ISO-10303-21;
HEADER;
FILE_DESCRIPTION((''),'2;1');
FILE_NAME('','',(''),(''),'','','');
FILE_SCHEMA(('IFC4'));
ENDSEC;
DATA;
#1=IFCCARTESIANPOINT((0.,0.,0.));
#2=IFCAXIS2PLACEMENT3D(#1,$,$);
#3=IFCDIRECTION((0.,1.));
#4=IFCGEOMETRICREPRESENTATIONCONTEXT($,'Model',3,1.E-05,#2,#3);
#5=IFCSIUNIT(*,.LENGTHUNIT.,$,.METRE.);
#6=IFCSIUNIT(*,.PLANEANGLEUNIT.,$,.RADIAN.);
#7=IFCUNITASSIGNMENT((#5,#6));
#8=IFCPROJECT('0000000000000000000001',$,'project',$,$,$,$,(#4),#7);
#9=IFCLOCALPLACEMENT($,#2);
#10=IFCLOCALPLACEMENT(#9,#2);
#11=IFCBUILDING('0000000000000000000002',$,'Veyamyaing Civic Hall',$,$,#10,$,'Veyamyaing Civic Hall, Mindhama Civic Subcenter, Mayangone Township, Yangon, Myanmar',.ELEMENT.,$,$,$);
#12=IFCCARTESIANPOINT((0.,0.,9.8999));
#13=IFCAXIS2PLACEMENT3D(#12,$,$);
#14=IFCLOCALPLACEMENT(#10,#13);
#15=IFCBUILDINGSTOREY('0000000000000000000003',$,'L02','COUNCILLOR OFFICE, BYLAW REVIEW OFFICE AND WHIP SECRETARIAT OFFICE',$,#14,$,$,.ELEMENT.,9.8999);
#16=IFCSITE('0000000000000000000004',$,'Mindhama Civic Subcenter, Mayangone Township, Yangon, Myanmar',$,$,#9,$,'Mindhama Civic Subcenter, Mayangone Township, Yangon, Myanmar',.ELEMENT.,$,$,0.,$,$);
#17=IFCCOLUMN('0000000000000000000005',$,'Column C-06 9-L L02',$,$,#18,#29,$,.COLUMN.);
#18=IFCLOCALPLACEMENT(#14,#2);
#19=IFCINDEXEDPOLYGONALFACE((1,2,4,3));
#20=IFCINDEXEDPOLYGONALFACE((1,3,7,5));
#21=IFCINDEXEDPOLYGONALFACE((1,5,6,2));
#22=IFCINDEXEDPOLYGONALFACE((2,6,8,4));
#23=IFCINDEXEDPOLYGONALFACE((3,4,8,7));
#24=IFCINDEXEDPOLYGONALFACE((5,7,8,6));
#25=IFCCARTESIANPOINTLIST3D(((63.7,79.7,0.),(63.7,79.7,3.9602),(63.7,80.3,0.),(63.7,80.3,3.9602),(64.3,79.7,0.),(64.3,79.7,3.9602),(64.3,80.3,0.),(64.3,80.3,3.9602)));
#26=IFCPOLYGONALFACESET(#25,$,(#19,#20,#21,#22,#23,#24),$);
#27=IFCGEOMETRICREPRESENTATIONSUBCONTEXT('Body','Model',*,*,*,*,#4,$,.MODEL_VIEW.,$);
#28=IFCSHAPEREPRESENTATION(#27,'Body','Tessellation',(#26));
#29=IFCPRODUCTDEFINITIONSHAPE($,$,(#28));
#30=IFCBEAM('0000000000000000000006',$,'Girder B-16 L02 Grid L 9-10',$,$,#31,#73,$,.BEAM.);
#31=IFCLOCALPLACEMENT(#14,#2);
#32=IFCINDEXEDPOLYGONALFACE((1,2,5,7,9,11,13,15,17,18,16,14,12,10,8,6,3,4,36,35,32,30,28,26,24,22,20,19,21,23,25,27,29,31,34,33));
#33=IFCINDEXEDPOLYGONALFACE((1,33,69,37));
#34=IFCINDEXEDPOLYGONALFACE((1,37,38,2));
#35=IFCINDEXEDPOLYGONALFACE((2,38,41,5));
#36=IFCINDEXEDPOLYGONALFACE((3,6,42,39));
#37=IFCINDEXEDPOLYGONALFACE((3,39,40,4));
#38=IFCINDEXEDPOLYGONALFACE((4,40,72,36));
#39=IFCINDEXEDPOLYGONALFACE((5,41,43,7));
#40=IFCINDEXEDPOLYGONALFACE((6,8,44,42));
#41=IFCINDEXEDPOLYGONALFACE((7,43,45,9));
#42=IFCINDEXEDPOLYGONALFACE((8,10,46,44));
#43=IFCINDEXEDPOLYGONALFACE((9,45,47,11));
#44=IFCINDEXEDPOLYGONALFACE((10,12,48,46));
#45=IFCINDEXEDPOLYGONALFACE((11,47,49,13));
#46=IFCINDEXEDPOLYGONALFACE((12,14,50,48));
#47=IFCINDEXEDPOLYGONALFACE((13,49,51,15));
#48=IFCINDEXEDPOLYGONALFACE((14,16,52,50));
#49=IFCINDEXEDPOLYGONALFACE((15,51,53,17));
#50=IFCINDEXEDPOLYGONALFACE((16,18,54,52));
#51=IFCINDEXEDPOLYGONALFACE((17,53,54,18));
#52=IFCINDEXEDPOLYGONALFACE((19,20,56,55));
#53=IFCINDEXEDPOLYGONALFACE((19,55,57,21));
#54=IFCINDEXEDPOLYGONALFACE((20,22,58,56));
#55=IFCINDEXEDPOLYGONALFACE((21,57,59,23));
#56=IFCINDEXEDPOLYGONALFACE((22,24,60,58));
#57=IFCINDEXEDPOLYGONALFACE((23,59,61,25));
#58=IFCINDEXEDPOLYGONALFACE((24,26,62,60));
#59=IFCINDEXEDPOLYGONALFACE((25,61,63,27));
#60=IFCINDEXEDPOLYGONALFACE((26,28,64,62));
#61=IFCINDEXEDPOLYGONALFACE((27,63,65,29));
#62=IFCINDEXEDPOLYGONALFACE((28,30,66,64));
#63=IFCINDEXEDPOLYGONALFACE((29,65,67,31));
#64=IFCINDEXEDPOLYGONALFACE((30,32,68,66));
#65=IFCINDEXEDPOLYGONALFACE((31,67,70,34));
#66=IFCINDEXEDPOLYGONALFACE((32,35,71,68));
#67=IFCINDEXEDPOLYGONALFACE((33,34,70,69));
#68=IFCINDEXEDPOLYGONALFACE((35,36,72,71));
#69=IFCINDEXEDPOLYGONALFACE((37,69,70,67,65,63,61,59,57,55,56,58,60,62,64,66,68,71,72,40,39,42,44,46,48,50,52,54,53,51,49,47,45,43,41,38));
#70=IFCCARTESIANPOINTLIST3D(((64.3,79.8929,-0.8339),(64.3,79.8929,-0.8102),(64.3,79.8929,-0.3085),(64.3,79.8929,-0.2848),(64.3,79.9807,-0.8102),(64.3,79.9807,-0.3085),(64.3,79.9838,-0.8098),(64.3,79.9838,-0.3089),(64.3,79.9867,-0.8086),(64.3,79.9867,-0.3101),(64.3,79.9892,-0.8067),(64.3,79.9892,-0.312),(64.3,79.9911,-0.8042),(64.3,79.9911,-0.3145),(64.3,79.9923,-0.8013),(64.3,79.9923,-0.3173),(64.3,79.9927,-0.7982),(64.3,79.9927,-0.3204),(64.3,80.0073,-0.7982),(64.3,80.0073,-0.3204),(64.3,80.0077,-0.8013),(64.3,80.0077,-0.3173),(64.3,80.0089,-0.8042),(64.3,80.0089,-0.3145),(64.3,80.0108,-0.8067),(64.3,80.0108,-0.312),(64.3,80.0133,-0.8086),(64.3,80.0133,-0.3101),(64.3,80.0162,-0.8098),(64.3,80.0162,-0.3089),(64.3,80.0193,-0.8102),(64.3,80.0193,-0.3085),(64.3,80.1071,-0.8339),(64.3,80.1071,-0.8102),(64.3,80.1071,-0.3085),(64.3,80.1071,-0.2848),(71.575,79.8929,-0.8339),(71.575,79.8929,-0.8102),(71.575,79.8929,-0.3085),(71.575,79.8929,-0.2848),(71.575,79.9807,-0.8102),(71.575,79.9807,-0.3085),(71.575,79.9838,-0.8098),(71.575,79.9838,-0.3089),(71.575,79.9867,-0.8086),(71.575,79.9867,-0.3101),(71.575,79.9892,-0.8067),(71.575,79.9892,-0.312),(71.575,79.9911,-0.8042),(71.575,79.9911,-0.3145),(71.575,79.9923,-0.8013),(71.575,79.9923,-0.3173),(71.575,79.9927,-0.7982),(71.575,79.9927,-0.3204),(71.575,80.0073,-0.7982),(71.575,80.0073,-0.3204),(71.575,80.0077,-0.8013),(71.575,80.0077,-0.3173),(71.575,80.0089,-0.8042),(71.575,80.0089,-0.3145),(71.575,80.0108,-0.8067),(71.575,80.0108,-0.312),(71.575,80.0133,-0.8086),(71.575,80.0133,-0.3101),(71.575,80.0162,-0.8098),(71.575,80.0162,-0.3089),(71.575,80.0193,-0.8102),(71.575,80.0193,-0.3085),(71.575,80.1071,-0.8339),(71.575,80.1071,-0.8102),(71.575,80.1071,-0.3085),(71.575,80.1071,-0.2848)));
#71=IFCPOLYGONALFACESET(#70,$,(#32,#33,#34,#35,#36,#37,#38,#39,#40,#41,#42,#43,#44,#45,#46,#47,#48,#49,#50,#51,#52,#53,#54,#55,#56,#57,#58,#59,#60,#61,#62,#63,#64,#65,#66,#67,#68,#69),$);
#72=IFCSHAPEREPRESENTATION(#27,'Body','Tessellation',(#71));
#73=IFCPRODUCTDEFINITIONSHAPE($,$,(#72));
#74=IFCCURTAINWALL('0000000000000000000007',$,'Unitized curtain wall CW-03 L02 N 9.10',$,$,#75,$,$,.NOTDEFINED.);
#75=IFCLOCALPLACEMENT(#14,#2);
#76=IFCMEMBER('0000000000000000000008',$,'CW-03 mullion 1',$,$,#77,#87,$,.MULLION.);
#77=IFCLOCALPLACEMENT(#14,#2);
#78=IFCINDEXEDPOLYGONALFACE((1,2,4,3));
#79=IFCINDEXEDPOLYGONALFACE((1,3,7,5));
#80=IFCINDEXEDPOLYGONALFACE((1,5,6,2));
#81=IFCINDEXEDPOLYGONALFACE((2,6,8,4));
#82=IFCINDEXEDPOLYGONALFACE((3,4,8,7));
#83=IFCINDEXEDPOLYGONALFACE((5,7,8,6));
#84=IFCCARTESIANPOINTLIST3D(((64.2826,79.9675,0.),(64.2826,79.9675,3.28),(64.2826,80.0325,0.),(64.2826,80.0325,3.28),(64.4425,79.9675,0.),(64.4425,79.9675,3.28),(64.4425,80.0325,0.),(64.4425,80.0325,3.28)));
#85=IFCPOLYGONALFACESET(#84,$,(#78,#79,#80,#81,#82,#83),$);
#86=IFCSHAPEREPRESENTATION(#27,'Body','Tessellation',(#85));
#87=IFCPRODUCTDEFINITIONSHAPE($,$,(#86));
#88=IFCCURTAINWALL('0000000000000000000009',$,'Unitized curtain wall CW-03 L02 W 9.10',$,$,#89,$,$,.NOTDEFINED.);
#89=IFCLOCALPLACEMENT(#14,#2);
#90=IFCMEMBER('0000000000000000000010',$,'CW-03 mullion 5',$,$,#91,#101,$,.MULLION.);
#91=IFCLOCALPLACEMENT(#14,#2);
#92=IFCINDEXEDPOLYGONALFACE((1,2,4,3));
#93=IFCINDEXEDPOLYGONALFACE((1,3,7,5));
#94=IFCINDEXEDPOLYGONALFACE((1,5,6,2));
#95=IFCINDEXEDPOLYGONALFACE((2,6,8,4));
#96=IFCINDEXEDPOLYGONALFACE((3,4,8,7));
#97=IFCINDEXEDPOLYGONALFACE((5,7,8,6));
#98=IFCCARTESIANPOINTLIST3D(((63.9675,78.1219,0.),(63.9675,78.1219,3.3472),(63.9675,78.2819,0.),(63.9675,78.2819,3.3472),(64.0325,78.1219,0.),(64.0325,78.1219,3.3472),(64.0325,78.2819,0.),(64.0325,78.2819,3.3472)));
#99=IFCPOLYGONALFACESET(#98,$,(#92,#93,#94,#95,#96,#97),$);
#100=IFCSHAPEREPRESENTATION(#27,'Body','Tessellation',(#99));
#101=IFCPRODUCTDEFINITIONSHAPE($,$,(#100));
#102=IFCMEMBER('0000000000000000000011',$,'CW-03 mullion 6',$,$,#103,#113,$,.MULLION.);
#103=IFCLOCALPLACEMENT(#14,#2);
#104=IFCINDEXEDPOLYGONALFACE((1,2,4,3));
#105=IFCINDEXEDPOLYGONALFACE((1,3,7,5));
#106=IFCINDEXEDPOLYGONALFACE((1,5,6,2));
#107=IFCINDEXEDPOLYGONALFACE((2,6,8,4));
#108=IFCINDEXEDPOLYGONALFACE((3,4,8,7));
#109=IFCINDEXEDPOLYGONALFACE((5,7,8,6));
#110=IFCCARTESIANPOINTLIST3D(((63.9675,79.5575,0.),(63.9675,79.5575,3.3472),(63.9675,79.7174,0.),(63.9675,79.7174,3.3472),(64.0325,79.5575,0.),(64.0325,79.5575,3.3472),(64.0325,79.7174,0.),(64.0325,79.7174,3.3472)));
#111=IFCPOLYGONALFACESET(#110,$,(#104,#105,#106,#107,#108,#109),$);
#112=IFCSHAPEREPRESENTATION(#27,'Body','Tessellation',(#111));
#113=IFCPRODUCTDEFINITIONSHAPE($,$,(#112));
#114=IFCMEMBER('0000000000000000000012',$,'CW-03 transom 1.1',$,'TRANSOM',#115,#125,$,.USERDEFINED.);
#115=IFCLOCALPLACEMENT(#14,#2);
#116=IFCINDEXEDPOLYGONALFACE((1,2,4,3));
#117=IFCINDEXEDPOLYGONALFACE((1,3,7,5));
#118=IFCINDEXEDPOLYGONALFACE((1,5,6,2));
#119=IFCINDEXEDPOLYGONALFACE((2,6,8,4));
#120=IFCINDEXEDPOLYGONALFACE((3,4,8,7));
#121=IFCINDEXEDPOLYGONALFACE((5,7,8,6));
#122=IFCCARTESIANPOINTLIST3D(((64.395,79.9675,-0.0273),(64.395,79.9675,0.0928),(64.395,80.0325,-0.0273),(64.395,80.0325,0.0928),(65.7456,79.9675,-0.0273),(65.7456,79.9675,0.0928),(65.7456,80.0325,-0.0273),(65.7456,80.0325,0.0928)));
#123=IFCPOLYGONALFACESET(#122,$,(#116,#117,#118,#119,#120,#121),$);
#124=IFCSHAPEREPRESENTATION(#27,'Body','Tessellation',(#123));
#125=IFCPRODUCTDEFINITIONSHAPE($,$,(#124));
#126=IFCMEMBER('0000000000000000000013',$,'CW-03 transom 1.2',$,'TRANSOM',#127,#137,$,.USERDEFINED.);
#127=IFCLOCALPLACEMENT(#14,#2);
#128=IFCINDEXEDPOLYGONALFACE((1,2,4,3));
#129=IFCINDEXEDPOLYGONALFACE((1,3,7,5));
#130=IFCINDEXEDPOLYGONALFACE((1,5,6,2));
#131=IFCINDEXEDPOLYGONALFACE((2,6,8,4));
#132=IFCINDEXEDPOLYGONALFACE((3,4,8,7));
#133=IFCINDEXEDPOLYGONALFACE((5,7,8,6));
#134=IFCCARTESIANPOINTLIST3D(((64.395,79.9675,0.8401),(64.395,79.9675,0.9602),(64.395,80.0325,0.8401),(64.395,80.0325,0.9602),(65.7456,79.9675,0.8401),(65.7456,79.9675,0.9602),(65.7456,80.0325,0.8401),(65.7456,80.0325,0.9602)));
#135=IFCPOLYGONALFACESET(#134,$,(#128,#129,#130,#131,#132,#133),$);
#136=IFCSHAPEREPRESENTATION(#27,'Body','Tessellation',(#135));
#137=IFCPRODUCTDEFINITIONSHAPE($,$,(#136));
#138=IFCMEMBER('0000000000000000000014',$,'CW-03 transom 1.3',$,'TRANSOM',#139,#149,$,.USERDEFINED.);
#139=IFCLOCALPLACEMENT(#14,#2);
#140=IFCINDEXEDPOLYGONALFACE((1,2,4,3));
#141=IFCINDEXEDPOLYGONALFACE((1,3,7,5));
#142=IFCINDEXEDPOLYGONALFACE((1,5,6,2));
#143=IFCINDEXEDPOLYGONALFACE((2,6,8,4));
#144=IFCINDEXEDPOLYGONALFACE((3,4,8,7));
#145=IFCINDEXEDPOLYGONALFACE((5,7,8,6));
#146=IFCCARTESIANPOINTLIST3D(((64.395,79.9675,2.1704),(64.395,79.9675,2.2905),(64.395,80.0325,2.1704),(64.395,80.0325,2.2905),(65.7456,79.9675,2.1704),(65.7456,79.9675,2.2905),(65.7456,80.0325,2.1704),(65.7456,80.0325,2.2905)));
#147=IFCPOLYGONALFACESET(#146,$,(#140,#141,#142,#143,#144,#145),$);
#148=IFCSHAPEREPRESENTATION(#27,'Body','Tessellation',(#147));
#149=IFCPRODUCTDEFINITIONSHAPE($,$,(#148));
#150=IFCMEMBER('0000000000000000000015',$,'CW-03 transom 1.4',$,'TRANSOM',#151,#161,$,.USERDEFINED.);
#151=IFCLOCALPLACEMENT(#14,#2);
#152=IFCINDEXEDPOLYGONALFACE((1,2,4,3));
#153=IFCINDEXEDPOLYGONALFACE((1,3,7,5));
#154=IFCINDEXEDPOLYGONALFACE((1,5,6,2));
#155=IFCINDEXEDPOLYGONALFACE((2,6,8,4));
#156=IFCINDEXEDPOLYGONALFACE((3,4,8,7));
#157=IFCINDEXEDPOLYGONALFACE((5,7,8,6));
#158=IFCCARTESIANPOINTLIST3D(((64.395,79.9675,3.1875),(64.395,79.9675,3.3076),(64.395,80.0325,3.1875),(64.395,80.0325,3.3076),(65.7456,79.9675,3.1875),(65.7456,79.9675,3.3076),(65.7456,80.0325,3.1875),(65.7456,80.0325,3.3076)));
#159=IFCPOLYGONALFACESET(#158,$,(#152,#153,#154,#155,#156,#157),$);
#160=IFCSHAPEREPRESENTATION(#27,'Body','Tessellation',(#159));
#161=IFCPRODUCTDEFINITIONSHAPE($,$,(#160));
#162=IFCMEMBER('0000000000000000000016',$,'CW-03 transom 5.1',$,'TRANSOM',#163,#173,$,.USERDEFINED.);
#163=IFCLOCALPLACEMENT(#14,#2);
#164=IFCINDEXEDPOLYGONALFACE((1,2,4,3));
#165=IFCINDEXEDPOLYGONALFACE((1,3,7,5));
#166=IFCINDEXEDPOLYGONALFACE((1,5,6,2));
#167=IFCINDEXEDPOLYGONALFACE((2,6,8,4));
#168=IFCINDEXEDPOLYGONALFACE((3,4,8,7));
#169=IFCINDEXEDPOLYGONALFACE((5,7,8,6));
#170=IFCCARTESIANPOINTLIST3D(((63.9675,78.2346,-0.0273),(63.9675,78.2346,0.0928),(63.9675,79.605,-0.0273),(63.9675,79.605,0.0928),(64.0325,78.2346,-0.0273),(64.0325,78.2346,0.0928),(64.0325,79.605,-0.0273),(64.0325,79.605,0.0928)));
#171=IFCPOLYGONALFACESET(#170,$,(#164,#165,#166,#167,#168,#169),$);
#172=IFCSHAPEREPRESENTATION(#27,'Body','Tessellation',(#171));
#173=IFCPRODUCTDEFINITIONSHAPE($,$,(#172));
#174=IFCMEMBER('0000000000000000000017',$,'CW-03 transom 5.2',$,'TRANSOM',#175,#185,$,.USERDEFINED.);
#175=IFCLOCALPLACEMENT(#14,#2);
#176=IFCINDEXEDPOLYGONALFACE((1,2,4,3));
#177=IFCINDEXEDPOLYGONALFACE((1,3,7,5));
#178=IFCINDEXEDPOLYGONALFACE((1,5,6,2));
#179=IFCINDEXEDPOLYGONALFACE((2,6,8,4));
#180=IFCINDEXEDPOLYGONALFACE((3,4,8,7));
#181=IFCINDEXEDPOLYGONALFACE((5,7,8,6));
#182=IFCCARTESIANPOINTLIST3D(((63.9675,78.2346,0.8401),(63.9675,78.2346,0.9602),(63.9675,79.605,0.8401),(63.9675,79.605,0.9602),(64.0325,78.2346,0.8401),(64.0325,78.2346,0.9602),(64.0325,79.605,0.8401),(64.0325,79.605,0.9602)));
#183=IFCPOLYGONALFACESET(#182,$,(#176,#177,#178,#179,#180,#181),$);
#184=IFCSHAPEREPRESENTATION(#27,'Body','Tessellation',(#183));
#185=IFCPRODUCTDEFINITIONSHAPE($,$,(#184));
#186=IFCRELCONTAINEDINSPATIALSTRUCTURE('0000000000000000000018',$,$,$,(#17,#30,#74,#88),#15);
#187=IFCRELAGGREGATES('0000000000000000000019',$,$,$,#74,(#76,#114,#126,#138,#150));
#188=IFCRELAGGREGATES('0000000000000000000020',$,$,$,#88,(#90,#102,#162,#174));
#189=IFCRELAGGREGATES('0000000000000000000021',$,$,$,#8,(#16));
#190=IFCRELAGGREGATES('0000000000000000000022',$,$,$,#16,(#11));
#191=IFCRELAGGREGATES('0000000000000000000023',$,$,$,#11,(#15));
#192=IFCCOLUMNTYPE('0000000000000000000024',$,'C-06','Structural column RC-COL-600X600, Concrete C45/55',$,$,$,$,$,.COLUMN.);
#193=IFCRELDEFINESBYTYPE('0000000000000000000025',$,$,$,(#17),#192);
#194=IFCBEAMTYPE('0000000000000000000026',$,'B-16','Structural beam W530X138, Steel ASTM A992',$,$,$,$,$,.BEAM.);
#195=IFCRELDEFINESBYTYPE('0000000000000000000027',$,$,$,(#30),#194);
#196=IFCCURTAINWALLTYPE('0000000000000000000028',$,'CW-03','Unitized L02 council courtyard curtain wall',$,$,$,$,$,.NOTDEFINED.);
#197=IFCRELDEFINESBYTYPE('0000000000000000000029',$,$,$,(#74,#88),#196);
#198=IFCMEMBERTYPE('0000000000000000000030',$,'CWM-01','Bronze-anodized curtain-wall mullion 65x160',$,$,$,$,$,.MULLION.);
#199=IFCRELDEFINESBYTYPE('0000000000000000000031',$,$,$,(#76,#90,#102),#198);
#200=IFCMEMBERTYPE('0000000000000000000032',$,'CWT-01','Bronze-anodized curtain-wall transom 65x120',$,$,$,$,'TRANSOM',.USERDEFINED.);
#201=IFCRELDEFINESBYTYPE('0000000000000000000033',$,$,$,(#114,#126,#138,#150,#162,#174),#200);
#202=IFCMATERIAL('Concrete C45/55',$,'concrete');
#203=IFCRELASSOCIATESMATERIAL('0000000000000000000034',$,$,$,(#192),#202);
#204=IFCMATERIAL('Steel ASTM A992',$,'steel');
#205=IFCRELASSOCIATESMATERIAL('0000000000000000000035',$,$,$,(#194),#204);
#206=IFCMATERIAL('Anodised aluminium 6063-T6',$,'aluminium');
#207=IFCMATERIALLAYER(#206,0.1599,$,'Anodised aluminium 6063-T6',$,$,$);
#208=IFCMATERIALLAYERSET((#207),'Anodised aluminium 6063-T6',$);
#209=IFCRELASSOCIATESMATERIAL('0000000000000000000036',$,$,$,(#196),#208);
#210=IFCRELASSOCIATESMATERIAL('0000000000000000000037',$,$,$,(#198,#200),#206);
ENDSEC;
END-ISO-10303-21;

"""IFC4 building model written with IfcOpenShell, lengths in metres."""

from ifc_helpers import new_model, si_unit, direction, frame, origin, origin_2d, place, context, subcontext, project, spatial, rectangle, i_section, extrude, material, layer, layer_set, material_profile, profile_set, type_object, element, aggregate, save


model = new_model("IFC4")

# Units and contexts
model_context = context("Model", 3, precision=1e-05, world=origin(), true_north=direction((0.0, 1.0)))
body_context = subcontext(model_context, "Body", "Model", "MODEL_VIEW")
ifc_project = project(units=[si_unit("LENGTHUNIT", "METRE"), si_unit("PLANEANGLEUNIT", "RADIAN")], contexts=[model_context])

# Site, building, storey
site_placement = place(None, origin())
site = spatial("IfcSite", under=ifc_project, at=site_placement, Name="Mindhama Civic Subcenter, Mayangone Township, Yangon, Myanmar", LongName="Mindhama Civic Subcenter, Mayangone Township, Yangon, Myanmar", CompositionType="ELEMENT", RefElevation=0.0)
building_placement = place(site_placement, origin())
building = spatial("IfcBuilding", under=site, at=building_placement, Name="Veyamyaing Civic Hall", LongName="Veyamyaing Civic Hall, Mindhama Civic Subcenter, Mayangone Township, Yangon, Myanmar", CompositionType="ELEMENT")
storey_placement = place(building_placement, frame((0.0, 0.0, 9.8999)))
storey = spatial("IfcBuildingStorey", under=building, at=storey_placement, Name="L02", Description="COUNCILLOR OFFICE, BYLAW REVIEW OFFICE AND WHIP SECRETARIAT OFFICE", CompositionType="ELEMENT", Elevation=9.8999)

# Column
ifc_material_1 = material(Name="Concrete C45/55", Category="concrete")
ifc_material_profile_1 = material_profile(ifc_material_1, rectangle(XDim=0.6001, YDim=0.6001, at=origin_2d()), Name="RC-COL-600X600")
ifc_profile_set_1 = profile_set([ifc_material_profile_1], Name="Concrete C45/55")
column_type = type_object("IfcColumnType", Name="C-06", Description="Structural column RC-COL-600X600, Concrete C45/55", PredefinedType="COLUMN", material=ifc_profile_set_1)
column_placement = place(storey_placement, frame((64.0, 80.0, 0.0), z_axis=(0.0, 0.0, 1.0), x_axis=(1.0, 0.0, 0.0)))
element("IfcColumn", 1, at=column_placement, inside=storey, type_object=column_type, Name="Column C-06 9-L L02", PredefinedType="COLUMN", context=body_context, shape_type="SweptSolid", body=[
    extrude(rectangle(XDim=0.6001, YDim=0.6001, at=origin_2d()), origin(), (0.0, 0.0, 1.0), 3.9602),
])

# Beam
ifc_material_2 = material(Name="Steel ASTM A992", Category="steel")
ifc_material_profile_2 = material_profile(ifc_material_2, i_section(OverallWidth=0.2141, OverallDepth=0.5491, WebThickness=0.0146, FlangeThickness=0.0237, FilletRadius=0.012, at=origin_2d()), Name="W530X138")
ifc_profile_set_2 = profile_set([ifc_material_profile_2], Name="Steel ASTM A992")
beam_type_1 = type_object("IfcBeamType", Name="B-16", Description="Structural beam W530X138, Steel ASTM A992", PredefinedType="BEAM", material=ifc_profile_set_2)
beam_placement = place(storey_placement, frame((64.3, 80.0, -0.5593), z_axis=(1.0, 0.0, 0.0), x_axis=(0.0, 1.0, 0.0)))
element("IfcBeam", 2, at=beam_placement, inside=storey, type_object=beam_type_1, Name="Girder B-16 L02 Grid L 9-10", PredefinedType="BEAM", context=body_context, shape_type="SweptSolid", body=[
    extrude(i_section(OverallWidth=0.2141, OverallDepth=0.5491, WebThickness=0.0146, FlangeThickness=0.0237, FilletRadius=0.012, at=origin_2d()), origin(), (0.0, 0.0, 1.0), 7.2749),
])

# Curtain wall, member
ifc_material_3 = material(Name="Anodised aluminium 6063-T6", Category="aluminium")
ifc_layer_1 = layer(ifc_material_3, 0.1599, Name="Anodised aluminium 6063-T6")
ifc_layer_set_1 = layer_set([ifc_layer_1], Name="Anodised aluminium 6063-T6")
curtain_wall_type = type_object("IfcCurtainWallType", Name="CW-03", Description="Unitized L02 council courtyard curtain wall", PredefinedType="NOTDEFINED", material=ifc_layer_set_1)
curtain_wall_1_placement = place(storey_placement, origin())
curtain_wall_1 = element("IfcCurtainWall", 3, at=curtain_wall_1_placement, inside=storey, type_object=curtain_wall_type, Name="Unitized curtain wall CW-03 L02 N 9.10", PredefinedType="NOTDEFINED")
ifc_material_profile_3 = material_profile(ifc_material_3, rectangle(XDim=0.0649, YDim=0.1599, at=origin_2d()), Name="ALU-MUL-65X160")
ifc_profile_set_3 = profile_set([ifc_material_profile_3], Name="Anodised aluminium 6063-T6")
member_type_1 = type_object("IfcMemberType", Name="CWM-01", Description="Bronze-anodized curtain-wall mullion 65x160", PredefinedType="MULLION", material=ifc_profile_set_3)
member_1_placement = place(storey_placement, frame((64.3625, 80.0, 0.0), z_axis=(0.0, 0.0, 1.0), x_axis=(0.0, 1.0, 0.0)))
member_1 = element("IfcMember", 4, at=member_1_placement, type_object=member_type_1, Name="CW-03 mullion 1", PredefinedType="MULLION", context=body_context, shape_type="SweptSolid", body=[
    extrude(rectangle(XDim=0.0649, YDim=0.1599, at=origin_2d()), origin(), (0.0, 0.0, 1.0), 3.28),
])

# Curtain wall, members
curtain_wall_2_placement = place(storey_placement, origin())
curtain_wall_2 = element("IfcCurtainWall", 5, at=curtain_wall_2_placement, inside=storey, type_object=curtain_wall_type, Name="Unitized curtain wall CW-03 L02 W 9.10", PredefinedType="NOTDEFINED")
member_2_placement = place(storey_placement, frame((64.0, 78.2019, 0.0), z_axis=(0.0, 0.0, 1.0), x_axis=(-1.0, 0.0, 0.0)))
member_2 = element("IfcMember", 6, at=member_2_placement, type_object=member_type_1, Name="CW-03 mullion 5", PredefinedType="MULLION", context=body_context, shape_type="SweptSolid", body=[
    extrude(rectangle(XDim=0.0649, YDim=0.1599, at=origin_2d()), origin(), (0.0, 0.0, 1.0), 3.3472),
])
member_3_placement = place(storey_placement, frame((64.0, 79.6375, 0.0), z_axis=(0.0, 0.0, 1.0), x_axis=(-1.0, 0.0, 0.0)))
member_3 = element("IfcMember", 7, at=member_3_placement, type_object=member_type_1, Name="CW-03 mullion 6", PredefinedType="MULLION", context=body_context, shape_type="SweptSolid", body=[
    extrude(rectangle(XDim=0.0649, YDim=0.1599, at=origin_2d()), origin(), (0.0, 0.0, 1.0), 3.3472),
])

# Members
ifc_material_profile_4 = material_profile(ifc_material_3, rectangle(XDim=0.0649, YDim=0.1201, at=origin_2d()), Name="ALU-TRN-65X120")
ifc_profile_set_4 = profile_set([ifc_material_profile_4], Name="Anodised aluminium 6063-T6")
member_type_2 = type_object("IfcMemberType", Name="CWT-01", Description="Bronze-anodized curtain-wall transom 65x120", ElementType="TRANSOM", PredefinedType="USERDEFINED", material=ifc_profile_set_4)
member_4_placement = place(storey_placement, frame((64.395, 80.0, 0.0327), z_axis=(1.0, 0.0, 0.0), x_axis=(0.0, 1.0, 0.0)))
member_4 = element("IfcMember", 8, at=member_4_placement, type_object=member_type_2, Name="CW-03 transom 1.1", ObjectType="TRANSOM", PredefinedType="USERDEFINED", context=body_context, shape_type="SweptSolid", body=[
    extrude(rectangle(XDim=0.0649, YDim=0.1201, at=origin_2d()), origin(), (0.0, 0.0, 1.0), 1.3506),
])
member_5_placement = place(storey_placement, frame((64.395, 80.0, 0.9001), z_axis=(1.0, 0.0, 0.0), x_axis=(0.0, 1.0, 0.0)))
member_5 = element("IfcMember", 9, at=member_5_placement, type_object=member_type_2, Name="CW-03 transom 1.2", ObjectType="TRANSOM", PredefinedType="USERDEFINED", context=body_context, shape_type="SweptSolid", body=[
    extrude(rectangle(XDim=0.0649, YDim=0.1201, at=origin_2d()), origin(), (0.0, 0.0, 1.0), 1.3506),
])
member_6_placement = place(storey_placement, frame((64.395, 80.0, 2.2305), z_axis=(1.0, 0.0, 0.0), x_axis=(0.0, 1.0, 0.0)))
member_6 = element("IfcMember", 10, at=member_6_placement, type_object=member_type_2, Name="CW-03 transom 1.3", ObjectType="TRANSOM", PredefinedType="USERDEFINED", context=body_context, shape_type="SweptSolid", body=[
    extrude(rectangle(XDim=0.0649, YDim=0.1201, at=origin_2d()), origin(), (0.0, 0.0, 1.0), 1.3506),
])
member_7_placement = place(storey_placement, frame((64.395, 80.0, 3.2476), z_axis=(1.0, 0.0, 0.0), x_axis=(0.0, 1.0, 0.0)))
member_7 = element("IfcMember", 11, at=member_7_placement, type_object=member_type_2, Name="CW-03 transom 1.4", ObjectType="TRANSOM", PredefinedType="USERDEFINED", context=body_context, shape_type="SweptSolid", body=[
    extrude(rectangle(XDim=0.0649, YDim=0.1201, at=origin_2d()), origin(), (0.0, 0.0, 1.0), 1.3506),
])
member_8_placement = place(storey_placement, frame((64.0, 78.2346, 0.0327), z_axis=(0.0, 1.0, 0.0), x_axis=(-1.0, 0.0, 0.0)))
member_8 = element("IfcMember", 12, at=member_8_placement, type_object=member_type_2, Name="CW-03 transom 5.1", ObjectType="TRANSOM", PredefinedType="USERDEFINED", context=body_context, shape_type="SweptSolid", body=[
    extrude(rectangle(XDim=0.0649, YDim=0.1201, at=origin_2d()), origin(), (0.0, 0.0, 1.0), 1.3704),
])
member_9_placement = place(storey_placement, frame((64.0, 78.2346, 0.9001), z_axis=(0.0, 1.0, 0.0), x_axis=(-1.0, 0.0, 0.0)))
member_9 = element("IfcMember", 13, at=member_9_placement, type_object=member_type_2, Name="CW-03 transom 5.2", ObjectType="TRANSOM", PredefinedType="USERDEFINED", context=body_context, shape_type="SweptSolid", body=[
    extrude(rectangle(XDim=0.0649, YDim=0.1201, at=origin_2d()), origin(), (0.0, 0.0, 1.0), 1.3704),
])

aggregate(curtain_wall_1, [member_1, member_4, member_5, member_6, member_7])
aggregate(curtain_wall_2, [member_2, member_3, member_8, member_9])

save(model, "model.ifc")
